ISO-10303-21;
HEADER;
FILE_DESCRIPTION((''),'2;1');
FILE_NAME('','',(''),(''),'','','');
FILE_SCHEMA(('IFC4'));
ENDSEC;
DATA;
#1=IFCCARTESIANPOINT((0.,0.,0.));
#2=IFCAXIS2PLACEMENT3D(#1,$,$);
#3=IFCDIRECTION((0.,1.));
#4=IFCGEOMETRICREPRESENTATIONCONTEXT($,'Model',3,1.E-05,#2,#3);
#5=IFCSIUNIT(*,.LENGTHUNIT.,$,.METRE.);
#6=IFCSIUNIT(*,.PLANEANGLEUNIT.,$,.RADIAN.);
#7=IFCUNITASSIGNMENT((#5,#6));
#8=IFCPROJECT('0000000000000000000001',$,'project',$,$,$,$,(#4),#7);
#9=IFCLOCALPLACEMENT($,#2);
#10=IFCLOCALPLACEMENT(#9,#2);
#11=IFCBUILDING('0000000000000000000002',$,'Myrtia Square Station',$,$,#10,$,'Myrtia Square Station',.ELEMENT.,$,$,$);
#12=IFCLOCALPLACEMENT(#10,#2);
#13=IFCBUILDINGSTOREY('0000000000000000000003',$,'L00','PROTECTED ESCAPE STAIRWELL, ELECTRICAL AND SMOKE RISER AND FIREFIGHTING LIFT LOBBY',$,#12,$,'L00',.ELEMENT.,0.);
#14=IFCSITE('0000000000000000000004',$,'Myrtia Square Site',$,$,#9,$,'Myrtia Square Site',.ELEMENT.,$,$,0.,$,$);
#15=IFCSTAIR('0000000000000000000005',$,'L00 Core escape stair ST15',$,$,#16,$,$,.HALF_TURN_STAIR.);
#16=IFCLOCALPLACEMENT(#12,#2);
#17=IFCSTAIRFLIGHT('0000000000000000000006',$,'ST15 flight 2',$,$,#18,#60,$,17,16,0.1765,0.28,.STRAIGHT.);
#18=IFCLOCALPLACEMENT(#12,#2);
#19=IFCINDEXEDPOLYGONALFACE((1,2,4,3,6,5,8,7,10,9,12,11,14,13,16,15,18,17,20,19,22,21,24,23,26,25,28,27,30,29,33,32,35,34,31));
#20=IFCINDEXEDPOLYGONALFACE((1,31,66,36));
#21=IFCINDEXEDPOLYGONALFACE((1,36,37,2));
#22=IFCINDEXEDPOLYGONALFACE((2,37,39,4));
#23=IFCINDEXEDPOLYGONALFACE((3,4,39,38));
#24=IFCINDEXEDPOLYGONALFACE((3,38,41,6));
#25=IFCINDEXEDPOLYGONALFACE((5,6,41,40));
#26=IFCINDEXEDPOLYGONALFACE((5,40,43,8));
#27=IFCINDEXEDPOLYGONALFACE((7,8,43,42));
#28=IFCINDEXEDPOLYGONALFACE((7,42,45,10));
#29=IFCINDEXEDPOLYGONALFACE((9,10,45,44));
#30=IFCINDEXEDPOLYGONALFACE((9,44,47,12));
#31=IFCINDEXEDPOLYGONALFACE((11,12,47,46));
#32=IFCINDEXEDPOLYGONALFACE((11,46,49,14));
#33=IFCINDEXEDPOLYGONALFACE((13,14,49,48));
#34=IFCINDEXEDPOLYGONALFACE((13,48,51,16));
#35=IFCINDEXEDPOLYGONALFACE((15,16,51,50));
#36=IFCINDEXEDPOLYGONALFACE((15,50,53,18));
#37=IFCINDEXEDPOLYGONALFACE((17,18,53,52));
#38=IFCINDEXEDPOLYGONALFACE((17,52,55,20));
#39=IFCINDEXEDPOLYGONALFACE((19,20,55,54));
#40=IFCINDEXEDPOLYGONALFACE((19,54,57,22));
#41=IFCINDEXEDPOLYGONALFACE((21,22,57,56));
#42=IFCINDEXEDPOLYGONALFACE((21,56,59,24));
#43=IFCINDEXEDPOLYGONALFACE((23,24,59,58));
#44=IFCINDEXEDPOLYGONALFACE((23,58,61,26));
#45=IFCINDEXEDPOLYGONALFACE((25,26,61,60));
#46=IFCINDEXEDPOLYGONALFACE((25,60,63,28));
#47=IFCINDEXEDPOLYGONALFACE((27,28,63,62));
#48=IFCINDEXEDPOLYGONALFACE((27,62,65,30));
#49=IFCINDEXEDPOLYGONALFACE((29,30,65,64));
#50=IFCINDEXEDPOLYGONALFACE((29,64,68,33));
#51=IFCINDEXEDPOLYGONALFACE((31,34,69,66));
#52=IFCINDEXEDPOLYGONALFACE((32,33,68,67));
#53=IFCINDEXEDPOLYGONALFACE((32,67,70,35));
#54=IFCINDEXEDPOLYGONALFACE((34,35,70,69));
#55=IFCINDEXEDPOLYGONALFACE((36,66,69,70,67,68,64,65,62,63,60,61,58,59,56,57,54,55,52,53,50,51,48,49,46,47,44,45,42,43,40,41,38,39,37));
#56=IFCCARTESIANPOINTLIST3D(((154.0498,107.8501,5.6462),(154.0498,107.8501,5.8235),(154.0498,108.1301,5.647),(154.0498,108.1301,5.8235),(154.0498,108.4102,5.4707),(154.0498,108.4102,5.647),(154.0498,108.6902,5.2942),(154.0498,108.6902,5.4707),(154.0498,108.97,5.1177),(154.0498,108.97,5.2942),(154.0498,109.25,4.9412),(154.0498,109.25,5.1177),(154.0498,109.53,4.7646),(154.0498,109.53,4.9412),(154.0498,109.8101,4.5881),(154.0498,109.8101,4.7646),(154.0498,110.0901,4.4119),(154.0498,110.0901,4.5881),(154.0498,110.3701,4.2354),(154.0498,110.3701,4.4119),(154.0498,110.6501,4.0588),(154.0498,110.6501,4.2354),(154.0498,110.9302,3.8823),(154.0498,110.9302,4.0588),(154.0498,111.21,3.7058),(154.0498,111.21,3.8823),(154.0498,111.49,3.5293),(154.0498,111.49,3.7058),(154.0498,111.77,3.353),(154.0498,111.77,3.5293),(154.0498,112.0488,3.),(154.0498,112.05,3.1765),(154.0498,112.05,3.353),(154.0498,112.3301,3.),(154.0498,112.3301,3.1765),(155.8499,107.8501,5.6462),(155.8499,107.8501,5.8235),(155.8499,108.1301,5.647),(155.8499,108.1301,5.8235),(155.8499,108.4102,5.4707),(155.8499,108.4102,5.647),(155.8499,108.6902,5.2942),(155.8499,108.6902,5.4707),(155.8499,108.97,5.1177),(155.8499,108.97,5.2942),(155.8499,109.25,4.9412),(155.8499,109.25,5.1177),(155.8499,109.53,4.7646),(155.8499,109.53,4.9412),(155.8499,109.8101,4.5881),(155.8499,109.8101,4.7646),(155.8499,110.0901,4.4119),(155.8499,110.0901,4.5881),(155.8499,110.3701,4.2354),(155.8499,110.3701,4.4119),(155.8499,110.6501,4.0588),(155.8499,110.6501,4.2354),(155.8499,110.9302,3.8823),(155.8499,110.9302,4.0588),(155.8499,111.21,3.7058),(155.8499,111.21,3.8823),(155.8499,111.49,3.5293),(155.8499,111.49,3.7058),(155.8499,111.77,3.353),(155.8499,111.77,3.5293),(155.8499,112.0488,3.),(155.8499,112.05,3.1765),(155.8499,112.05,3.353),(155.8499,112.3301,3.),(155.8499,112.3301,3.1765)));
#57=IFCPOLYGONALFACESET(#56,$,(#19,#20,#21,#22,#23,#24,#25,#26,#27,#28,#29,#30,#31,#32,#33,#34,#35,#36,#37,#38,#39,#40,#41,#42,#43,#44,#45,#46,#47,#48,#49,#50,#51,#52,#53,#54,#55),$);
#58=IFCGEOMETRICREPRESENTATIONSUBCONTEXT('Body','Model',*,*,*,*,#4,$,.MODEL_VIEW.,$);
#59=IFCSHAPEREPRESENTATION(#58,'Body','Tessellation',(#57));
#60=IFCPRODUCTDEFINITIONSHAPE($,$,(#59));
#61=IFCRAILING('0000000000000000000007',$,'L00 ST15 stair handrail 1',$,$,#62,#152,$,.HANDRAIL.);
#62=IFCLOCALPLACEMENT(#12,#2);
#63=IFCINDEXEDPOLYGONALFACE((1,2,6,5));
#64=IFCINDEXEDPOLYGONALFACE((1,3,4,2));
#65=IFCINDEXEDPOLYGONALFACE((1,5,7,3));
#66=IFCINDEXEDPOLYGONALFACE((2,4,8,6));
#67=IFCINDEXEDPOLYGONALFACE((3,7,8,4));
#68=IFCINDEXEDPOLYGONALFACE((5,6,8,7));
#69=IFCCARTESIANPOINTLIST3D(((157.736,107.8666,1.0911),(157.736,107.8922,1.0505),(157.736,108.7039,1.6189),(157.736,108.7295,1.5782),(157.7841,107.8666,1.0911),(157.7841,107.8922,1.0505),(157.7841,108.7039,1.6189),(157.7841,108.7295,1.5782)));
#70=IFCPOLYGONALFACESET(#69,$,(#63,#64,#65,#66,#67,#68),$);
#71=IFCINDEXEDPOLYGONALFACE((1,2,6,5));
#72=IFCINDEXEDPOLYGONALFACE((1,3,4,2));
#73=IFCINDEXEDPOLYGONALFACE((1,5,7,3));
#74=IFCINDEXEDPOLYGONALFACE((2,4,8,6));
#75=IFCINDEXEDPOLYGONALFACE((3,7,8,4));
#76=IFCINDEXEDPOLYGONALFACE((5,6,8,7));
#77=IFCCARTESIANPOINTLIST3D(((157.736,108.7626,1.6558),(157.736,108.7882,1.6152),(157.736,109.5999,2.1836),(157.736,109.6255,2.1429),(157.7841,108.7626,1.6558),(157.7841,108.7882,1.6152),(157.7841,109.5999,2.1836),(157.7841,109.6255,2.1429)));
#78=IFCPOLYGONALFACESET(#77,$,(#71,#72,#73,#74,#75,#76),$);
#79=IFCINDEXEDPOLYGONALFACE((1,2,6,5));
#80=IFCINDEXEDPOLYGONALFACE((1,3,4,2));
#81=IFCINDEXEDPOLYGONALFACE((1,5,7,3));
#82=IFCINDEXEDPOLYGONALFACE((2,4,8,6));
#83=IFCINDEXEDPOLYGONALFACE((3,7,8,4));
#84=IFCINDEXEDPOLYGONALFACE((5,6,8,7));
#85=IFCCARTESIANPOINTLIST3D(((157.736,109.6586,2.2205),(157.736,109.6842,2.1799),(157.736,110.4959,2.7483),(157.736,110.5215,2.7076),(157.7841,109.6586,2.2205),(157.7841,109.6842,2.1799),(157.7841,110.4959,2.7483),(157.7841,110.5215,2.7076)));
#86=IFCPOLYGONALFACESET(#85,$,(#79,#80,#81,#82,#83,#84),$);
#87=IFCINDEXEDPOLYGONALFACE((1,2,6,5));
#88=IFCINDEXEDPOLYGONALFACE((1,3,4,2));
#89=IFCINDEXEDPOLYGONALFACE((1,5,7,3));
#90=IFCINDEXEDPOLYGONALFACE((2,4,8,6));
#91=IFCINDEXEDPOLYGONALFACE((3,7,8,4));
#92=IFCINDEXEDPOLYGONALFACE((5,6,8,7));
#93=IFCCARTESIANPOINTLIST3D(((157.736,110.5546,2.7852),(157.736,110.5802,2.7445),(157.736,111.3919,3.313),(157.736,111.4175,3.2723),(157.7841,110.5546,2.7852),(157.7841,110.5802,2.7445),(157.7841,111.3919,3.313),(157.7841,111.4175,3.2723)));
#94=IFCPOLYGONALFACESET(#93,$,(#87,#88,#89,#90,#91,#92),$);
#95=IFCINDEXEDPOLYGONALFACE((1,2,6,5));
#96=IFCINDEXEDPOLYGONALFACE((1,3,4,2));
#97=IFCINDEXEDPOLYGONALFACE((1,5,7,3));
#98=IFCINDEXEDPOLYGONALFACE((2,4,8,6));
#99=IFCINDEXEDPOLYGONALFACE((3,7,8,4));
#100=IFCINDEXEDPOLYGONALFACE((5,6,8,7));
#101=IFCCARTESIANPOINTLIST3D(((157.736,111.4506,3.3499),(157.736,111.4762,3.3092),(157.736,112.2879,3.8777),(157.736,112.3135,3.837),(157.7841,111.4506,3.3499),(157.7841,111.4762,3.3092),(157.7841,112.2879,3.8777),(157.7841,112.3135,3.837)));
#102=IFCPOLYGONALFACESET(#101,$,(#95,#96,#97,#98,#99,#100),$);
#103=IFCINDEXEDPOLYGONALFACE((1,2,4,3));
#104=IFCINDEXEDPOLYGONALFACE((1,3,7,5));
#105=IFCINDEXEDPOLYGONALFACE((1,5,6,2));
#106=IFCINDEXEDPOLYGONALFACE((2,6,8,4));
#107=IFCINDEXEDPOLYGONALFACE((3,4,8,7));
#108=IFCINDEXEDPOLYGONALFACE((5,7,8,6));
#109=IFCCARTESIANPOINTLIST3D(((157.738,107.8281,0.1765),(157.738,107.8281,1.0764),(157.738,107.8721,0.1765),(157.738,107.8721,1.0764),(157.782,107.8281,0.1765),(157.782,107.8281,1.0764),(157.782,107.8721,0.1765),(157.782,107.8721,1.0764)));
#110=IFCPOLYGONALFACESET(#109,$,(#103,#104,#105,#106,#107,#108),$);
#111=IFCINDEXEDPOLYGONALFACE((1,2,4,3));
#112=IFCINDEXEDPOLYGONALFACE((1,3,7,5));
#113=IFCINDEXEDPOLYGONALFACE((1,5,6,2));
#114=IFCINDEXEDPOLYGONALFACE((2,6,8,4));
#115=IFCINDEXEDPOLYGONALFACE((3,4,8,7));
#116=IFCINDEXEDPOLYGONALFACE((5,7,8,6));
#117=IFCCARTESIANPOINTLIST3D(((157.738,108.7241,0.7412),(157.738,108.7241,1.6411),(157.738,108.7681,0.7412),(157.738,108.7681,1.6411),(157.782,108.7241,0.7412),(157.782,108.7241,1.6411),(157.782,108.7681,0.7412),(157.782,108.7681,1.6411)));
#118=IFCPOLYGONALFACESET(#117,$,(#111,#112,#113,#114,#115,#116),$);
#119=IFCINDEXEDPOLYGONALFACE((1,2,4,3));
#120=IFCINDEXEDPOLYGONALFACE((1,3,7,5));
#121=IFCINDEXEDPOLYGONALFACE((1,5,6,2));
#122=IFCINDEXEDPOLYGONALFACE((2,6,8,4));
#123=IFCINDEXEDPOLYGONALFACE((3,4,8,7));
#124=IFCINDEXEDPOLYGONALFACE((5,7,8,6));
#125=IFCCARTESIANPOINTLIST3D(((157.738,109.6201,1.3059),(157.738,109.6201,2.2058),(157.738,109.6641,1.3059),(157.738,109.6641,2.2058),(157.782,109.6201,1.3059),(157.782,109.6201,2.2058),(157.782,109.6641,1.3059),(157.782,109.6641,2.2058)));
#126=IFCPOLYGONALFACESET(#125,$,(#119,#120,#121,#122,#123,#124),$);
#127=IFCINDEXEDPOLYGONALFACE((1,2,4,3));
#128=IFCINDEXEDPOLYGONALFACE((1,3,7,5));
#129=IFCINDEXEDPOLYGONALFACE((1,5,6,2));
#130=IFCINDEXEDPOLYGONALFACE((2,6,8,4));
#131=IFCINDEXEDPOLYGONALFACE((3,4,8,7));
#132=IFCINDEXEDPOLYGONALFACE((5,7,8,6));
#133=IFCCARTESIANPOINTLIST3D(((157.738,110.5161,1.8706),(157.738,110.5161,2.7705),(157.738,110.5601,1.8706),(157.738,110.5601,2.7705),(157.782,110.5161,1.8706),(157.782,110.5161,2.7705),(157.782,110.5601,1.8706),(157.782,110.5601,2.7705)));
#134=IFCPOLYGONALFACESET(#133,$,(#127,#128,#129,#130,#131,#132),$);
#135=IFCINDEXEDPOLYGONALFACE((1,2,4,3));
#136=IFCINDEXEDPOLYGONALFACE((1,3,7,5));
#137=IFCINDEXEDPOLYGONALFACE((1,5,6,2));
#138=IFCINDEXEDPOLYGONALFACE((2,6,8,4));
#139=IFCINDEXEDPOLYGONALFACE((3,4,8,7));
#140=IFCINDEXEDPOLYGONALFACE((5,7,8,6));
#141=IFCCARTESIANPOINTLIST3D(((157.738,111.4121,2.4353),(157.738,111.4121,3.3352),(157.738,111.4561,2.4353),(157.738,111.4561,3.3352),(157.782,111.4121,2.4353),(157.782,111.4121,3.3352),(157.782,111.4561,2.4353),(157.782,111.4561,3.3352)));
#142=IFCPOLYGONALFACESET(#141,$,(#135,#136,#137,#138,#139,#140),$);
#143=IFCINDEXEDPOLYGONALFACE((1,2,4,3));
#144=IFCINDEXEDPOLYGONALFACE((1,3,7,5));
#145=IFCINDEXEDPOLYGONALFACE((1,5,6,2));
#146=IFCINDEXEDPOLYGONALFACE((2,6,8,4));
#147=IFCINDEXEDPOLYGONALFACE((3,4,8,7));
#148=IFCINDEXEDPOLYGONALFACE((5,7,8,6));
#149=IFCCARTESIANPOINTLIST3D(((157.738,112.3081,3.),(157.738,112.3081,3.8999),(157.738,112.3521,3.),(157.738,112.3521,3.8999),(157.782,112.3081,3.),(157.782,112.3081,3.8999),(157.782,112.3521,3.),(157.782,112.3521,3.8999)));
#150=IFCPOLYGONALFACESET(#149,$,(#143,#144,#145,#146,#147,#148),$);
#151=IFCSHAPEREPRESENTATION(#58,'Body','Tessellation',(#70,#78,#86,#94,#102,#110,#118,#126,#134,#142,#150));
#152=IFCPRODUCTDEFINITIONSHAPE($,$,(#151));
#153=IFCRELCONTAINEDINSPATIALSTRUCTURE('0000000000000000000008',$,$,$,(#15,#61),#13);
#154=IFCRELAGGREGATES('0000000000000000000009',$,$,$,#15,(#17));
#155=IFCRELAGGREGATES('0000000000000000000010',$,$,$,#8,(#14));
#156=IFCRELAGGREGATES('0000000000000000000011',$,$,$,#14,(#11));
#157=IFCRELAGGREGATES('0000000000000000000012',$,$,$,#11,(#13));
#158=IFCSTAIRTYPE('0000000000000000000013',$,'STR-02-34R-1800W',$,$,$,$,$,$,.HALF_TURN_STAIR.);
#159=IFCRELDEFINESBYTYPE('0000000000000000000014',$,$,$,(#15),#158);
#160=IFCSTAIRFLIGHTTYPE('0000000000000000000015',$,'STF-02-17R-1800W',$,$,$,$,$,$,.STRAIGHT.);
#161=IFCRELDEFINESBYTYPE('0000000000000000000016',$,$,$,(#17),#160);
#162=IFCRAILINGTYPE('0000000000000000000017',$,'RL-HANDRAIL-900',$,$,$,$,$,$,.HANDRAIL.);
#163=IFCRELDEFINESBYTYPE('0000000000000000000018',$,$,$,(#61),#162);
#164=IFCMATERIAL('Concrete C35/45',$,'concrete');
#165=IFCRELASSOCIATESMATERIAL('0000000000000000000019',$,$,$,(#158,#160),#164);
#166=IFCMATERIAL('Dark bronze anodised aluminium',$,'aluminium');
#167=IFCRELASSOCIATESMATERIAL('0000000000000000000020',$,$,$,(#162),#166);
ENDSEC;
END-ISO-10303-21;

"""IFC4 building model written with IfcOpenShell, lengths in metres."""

from ifc_helpers import new_model, si_unit, direction, frame, origin, origin_2d, place, context, subcontext, project, spatial, polyline, rectangle, outline, extrude, material, type_object, element, aggregate, save


model = new_model("IFC4")

# Units and contexts
model_context = context("Model", 3, precision=1e-05, world=origin(), true_north=direction((0.0, 1.0)))
body_context = subcontext(model_context, "Body", "Model", "MODEL_VIEW")
ifc_project = project(units=[si_unit("LENGTHUNIT", "METRE"), si_unit("PLANEANGLEUNIT", "RADIAN")], contexts=[model_context])

# Site, building, storey
site_placement = place(None, origin())
site = spatial("IfcSite", under=ifc_project, at=site_placement, Name="Myrtia Square Site", LongName="Myrtia Square Site", CompositionType="ELEMENT", RefElevation=0.0)
building_placement = place(site_placement, origin())
building = spatial("IfcBuilding", under=site, at=building_placement, Name="Myrtia Square Station", LongName="Myrtia Square Station", CompositionType="ELEMENT")
storey_placement = place(building_placement, origin())
storey = spatial("IfcBuildingStorey", under=building, at=storey_placement, Name="L00", Description="PROTECTED ESCAPE STAIRWELL, ELECTRICAL AND SMOKE RISER AND FIREFIGHTING LIFT LOBBY", LongName="L00", CompositionType="ELEMENT", Elevation=0.0)

# Shared definitions
ifc_material_1 = material(Name="Concrete C35/45", Category="concrete")
ifc_material_2 = material(Name="Dark bronze anodised aluminium", Category="aluminium")

# Stair, stair flight
stair_type = type_object("IfcStairType", Name="STR-02-34R-1800W", PredefinedType="HALF_TURN_STAIR", material=ifc_material_1)
stair_placement = place(storey_placement, origin())
stair = element("IfcStair", 1, at=stair_placement, inside=storey, type_object=stair_type, Name="L00 Core escape stair ST15", PredefinedType="HALF_TURN_STAIR")
stair_flight_type = type_object("IfcStairFlightType", Name="STF-02-17R-1800W", PredefinedType="STRAIGHT", material=ifc_material_1)
stair_flight_1_placement = place(storey_placement, frame((154.95, 112.3301, 3.0), z_axis=(0.0, 0.0, 1.0), x_axis=(0.0, -1.0, 0.0)))
stair_flight_1 = element("IfcStairFlight", 2, at=stair_flight_1_placement, type_object=stair_flight_type, Name="ST15 flight 2", NumberOfRisers=17, NumberOfTreads=16, PredefinedType="STRAIGHT", RiserHeight=0.1765, TreadLength=0.28, context=body_context, shape_type="SweptSolid", body=[
    extrude(outline(polyline([(0.0, 0.0), (0.0, 0.1765), (0.28, 0.1765), (0.28, 0.353), (0.5601, 0.353), (0.5601, 0.5293), (0.8401, 0.5293), (0.8401, 0.7058), (1.1201, 0.7058), (1.1201, 0.8823), (1.3999, 0.8823), (1.3999, 1.0588), (1.6799, 1.0588), (1.6799, 1.2354), (1.96, 1.2354), (1.96, 1.4119), (2.24, 1.4119), (2.24, 1.5881), (2.52, 1.5881), (2.52, 1.7646), (2.8, 1.7646), (2.8, 1.9412), (3.0801, 1.9412), (3.0801, 2.1177), (3.3601, 2.1177), (3.3601, 2.2942), (3.6399, 2.2942), (3.6399, 2.4707), (3.9199, 2.4707), (3.9199, 2.647), (4.2, 2.647), (4.2, 2.8235), (4.48, 2.8235), (4.48, 3.0), (4.48, 2.6462), (0.2812, 0.0), (0.0, 0.0)])), frame((0.0, 0.8999, 0.0), z_axis=(0.0, -1.0, 0.0), x_axis=(1.0, 0.0, 0.0)), (0.0, 0.0, 1.0), 1.8),
])
aggregate(stair, [stair_flight_1])

# Railing
railing_type_1 = type_object("IfcRailingType", Name="RL-HANDRAIL-900", PredefinedType="HANDRAIL", material=ifc_material_2)
railing_1_placement = place(storey_placement, frame((157.76, 107.8501, 0.1765)))
element("IfcRailing", 3, at=railing_1_placement, inside=storey, type_object=railing_type_1, Name="L00 ST15 stair handrail 1", PredefinedType="HANDRAIL", context=body_context, shape_type="SweptSolid", body=[
    extrude(rectangle(XDim=0.0481, YDim=0.0481, at=origin_2d()), frame((0.0, 0.0293, 0.8943), z_axis=(0.0, 0.845998, 0.533186), x_axis=(-1.0, 0.0, 0.0)), (0.0, 0.0, 1.0), 0.9897),
    extrude(rectangle(XDim=0.0481, YDim=0.0481, at=origin_2d()), frame((0.0, 0.9253, 1.459), z_axis=(0.0, 0.845998, 0.533186), x_axis=(-1.0, 0.0, 0.0)), (0.0, 0.0, 1.0), 0.9897),
    extrude(rectangle(XDim=0.0481, YDim=0.0481, at=origin_2d()), frame((0.0, 1.8213, 2.0237), z_axis=(0.0, 0.845998, 0.533186), x_axis=(-1.0, 0.0, 0.0)), (0.0, 0.0, 1.0), 0.9897),
    extrude(rectangle(XDim=0.0481, YDim=0.0481, at=origin_2d()), frame((0.0, 2.7173, 2.5884), z_axis=(0.0, 0.845998, 0.533186), x_axis=(-1.0, 0.0, 0.0)), (0.0, 0.0, 1.0), 0.9897),
    extrude(rectangle(XDim=0.0481, YDim=0.0481, at=origin_2d()), frame((0.0, 3.6133, 3.1531), z_axis=(0.0, 0.845998, 0.533186), x_axis=(-1.0, 0.0, 0.0)), (0.0, 0.0, 1.0), 0.9897),
    extrude(rectangle(XDim=0.0439, YDim=0.0439, at=origin_2d()), origin(), (0.0, 0.0, 1.0), 0.8999),
    extrude(rectangle(XDim=0.0439, YDim=0.0439, at=origin_2d()), frame((0.0, 0.896, 0.5647)), (0.0, 0.0, 1.0), 0.8999),
    extrude(rectangle(XDim=0.0439, YDim=0.0439, at=origin_2d()), frame((0.0, 1.792, 1.1294)), (0.0, 0.0, 1.0), 0.8999),
    extrude(rectangle(XDim=0.0439, YDim=0.0439, at=origin_2d()), frame((0.0, 2.688, 1.6941)), (0.0, 0.0, 1.0), 0.8999),
    extrude(rectangle(XDim=0.0439, YDim=0.0439, at=origin_2d()), frame((0.0, 3.584, 2.2588)), (0.0, 0.0, 1.0), 0.8999),
    extrude(rectangle(XDim=0.0439, YDim=0.0439, at=origin_2d()), frame((0.0, 4.48, 2.8235)), (0.0, 0.0, 1.0), 0.8999),
])

save(model, "model.ifc")
